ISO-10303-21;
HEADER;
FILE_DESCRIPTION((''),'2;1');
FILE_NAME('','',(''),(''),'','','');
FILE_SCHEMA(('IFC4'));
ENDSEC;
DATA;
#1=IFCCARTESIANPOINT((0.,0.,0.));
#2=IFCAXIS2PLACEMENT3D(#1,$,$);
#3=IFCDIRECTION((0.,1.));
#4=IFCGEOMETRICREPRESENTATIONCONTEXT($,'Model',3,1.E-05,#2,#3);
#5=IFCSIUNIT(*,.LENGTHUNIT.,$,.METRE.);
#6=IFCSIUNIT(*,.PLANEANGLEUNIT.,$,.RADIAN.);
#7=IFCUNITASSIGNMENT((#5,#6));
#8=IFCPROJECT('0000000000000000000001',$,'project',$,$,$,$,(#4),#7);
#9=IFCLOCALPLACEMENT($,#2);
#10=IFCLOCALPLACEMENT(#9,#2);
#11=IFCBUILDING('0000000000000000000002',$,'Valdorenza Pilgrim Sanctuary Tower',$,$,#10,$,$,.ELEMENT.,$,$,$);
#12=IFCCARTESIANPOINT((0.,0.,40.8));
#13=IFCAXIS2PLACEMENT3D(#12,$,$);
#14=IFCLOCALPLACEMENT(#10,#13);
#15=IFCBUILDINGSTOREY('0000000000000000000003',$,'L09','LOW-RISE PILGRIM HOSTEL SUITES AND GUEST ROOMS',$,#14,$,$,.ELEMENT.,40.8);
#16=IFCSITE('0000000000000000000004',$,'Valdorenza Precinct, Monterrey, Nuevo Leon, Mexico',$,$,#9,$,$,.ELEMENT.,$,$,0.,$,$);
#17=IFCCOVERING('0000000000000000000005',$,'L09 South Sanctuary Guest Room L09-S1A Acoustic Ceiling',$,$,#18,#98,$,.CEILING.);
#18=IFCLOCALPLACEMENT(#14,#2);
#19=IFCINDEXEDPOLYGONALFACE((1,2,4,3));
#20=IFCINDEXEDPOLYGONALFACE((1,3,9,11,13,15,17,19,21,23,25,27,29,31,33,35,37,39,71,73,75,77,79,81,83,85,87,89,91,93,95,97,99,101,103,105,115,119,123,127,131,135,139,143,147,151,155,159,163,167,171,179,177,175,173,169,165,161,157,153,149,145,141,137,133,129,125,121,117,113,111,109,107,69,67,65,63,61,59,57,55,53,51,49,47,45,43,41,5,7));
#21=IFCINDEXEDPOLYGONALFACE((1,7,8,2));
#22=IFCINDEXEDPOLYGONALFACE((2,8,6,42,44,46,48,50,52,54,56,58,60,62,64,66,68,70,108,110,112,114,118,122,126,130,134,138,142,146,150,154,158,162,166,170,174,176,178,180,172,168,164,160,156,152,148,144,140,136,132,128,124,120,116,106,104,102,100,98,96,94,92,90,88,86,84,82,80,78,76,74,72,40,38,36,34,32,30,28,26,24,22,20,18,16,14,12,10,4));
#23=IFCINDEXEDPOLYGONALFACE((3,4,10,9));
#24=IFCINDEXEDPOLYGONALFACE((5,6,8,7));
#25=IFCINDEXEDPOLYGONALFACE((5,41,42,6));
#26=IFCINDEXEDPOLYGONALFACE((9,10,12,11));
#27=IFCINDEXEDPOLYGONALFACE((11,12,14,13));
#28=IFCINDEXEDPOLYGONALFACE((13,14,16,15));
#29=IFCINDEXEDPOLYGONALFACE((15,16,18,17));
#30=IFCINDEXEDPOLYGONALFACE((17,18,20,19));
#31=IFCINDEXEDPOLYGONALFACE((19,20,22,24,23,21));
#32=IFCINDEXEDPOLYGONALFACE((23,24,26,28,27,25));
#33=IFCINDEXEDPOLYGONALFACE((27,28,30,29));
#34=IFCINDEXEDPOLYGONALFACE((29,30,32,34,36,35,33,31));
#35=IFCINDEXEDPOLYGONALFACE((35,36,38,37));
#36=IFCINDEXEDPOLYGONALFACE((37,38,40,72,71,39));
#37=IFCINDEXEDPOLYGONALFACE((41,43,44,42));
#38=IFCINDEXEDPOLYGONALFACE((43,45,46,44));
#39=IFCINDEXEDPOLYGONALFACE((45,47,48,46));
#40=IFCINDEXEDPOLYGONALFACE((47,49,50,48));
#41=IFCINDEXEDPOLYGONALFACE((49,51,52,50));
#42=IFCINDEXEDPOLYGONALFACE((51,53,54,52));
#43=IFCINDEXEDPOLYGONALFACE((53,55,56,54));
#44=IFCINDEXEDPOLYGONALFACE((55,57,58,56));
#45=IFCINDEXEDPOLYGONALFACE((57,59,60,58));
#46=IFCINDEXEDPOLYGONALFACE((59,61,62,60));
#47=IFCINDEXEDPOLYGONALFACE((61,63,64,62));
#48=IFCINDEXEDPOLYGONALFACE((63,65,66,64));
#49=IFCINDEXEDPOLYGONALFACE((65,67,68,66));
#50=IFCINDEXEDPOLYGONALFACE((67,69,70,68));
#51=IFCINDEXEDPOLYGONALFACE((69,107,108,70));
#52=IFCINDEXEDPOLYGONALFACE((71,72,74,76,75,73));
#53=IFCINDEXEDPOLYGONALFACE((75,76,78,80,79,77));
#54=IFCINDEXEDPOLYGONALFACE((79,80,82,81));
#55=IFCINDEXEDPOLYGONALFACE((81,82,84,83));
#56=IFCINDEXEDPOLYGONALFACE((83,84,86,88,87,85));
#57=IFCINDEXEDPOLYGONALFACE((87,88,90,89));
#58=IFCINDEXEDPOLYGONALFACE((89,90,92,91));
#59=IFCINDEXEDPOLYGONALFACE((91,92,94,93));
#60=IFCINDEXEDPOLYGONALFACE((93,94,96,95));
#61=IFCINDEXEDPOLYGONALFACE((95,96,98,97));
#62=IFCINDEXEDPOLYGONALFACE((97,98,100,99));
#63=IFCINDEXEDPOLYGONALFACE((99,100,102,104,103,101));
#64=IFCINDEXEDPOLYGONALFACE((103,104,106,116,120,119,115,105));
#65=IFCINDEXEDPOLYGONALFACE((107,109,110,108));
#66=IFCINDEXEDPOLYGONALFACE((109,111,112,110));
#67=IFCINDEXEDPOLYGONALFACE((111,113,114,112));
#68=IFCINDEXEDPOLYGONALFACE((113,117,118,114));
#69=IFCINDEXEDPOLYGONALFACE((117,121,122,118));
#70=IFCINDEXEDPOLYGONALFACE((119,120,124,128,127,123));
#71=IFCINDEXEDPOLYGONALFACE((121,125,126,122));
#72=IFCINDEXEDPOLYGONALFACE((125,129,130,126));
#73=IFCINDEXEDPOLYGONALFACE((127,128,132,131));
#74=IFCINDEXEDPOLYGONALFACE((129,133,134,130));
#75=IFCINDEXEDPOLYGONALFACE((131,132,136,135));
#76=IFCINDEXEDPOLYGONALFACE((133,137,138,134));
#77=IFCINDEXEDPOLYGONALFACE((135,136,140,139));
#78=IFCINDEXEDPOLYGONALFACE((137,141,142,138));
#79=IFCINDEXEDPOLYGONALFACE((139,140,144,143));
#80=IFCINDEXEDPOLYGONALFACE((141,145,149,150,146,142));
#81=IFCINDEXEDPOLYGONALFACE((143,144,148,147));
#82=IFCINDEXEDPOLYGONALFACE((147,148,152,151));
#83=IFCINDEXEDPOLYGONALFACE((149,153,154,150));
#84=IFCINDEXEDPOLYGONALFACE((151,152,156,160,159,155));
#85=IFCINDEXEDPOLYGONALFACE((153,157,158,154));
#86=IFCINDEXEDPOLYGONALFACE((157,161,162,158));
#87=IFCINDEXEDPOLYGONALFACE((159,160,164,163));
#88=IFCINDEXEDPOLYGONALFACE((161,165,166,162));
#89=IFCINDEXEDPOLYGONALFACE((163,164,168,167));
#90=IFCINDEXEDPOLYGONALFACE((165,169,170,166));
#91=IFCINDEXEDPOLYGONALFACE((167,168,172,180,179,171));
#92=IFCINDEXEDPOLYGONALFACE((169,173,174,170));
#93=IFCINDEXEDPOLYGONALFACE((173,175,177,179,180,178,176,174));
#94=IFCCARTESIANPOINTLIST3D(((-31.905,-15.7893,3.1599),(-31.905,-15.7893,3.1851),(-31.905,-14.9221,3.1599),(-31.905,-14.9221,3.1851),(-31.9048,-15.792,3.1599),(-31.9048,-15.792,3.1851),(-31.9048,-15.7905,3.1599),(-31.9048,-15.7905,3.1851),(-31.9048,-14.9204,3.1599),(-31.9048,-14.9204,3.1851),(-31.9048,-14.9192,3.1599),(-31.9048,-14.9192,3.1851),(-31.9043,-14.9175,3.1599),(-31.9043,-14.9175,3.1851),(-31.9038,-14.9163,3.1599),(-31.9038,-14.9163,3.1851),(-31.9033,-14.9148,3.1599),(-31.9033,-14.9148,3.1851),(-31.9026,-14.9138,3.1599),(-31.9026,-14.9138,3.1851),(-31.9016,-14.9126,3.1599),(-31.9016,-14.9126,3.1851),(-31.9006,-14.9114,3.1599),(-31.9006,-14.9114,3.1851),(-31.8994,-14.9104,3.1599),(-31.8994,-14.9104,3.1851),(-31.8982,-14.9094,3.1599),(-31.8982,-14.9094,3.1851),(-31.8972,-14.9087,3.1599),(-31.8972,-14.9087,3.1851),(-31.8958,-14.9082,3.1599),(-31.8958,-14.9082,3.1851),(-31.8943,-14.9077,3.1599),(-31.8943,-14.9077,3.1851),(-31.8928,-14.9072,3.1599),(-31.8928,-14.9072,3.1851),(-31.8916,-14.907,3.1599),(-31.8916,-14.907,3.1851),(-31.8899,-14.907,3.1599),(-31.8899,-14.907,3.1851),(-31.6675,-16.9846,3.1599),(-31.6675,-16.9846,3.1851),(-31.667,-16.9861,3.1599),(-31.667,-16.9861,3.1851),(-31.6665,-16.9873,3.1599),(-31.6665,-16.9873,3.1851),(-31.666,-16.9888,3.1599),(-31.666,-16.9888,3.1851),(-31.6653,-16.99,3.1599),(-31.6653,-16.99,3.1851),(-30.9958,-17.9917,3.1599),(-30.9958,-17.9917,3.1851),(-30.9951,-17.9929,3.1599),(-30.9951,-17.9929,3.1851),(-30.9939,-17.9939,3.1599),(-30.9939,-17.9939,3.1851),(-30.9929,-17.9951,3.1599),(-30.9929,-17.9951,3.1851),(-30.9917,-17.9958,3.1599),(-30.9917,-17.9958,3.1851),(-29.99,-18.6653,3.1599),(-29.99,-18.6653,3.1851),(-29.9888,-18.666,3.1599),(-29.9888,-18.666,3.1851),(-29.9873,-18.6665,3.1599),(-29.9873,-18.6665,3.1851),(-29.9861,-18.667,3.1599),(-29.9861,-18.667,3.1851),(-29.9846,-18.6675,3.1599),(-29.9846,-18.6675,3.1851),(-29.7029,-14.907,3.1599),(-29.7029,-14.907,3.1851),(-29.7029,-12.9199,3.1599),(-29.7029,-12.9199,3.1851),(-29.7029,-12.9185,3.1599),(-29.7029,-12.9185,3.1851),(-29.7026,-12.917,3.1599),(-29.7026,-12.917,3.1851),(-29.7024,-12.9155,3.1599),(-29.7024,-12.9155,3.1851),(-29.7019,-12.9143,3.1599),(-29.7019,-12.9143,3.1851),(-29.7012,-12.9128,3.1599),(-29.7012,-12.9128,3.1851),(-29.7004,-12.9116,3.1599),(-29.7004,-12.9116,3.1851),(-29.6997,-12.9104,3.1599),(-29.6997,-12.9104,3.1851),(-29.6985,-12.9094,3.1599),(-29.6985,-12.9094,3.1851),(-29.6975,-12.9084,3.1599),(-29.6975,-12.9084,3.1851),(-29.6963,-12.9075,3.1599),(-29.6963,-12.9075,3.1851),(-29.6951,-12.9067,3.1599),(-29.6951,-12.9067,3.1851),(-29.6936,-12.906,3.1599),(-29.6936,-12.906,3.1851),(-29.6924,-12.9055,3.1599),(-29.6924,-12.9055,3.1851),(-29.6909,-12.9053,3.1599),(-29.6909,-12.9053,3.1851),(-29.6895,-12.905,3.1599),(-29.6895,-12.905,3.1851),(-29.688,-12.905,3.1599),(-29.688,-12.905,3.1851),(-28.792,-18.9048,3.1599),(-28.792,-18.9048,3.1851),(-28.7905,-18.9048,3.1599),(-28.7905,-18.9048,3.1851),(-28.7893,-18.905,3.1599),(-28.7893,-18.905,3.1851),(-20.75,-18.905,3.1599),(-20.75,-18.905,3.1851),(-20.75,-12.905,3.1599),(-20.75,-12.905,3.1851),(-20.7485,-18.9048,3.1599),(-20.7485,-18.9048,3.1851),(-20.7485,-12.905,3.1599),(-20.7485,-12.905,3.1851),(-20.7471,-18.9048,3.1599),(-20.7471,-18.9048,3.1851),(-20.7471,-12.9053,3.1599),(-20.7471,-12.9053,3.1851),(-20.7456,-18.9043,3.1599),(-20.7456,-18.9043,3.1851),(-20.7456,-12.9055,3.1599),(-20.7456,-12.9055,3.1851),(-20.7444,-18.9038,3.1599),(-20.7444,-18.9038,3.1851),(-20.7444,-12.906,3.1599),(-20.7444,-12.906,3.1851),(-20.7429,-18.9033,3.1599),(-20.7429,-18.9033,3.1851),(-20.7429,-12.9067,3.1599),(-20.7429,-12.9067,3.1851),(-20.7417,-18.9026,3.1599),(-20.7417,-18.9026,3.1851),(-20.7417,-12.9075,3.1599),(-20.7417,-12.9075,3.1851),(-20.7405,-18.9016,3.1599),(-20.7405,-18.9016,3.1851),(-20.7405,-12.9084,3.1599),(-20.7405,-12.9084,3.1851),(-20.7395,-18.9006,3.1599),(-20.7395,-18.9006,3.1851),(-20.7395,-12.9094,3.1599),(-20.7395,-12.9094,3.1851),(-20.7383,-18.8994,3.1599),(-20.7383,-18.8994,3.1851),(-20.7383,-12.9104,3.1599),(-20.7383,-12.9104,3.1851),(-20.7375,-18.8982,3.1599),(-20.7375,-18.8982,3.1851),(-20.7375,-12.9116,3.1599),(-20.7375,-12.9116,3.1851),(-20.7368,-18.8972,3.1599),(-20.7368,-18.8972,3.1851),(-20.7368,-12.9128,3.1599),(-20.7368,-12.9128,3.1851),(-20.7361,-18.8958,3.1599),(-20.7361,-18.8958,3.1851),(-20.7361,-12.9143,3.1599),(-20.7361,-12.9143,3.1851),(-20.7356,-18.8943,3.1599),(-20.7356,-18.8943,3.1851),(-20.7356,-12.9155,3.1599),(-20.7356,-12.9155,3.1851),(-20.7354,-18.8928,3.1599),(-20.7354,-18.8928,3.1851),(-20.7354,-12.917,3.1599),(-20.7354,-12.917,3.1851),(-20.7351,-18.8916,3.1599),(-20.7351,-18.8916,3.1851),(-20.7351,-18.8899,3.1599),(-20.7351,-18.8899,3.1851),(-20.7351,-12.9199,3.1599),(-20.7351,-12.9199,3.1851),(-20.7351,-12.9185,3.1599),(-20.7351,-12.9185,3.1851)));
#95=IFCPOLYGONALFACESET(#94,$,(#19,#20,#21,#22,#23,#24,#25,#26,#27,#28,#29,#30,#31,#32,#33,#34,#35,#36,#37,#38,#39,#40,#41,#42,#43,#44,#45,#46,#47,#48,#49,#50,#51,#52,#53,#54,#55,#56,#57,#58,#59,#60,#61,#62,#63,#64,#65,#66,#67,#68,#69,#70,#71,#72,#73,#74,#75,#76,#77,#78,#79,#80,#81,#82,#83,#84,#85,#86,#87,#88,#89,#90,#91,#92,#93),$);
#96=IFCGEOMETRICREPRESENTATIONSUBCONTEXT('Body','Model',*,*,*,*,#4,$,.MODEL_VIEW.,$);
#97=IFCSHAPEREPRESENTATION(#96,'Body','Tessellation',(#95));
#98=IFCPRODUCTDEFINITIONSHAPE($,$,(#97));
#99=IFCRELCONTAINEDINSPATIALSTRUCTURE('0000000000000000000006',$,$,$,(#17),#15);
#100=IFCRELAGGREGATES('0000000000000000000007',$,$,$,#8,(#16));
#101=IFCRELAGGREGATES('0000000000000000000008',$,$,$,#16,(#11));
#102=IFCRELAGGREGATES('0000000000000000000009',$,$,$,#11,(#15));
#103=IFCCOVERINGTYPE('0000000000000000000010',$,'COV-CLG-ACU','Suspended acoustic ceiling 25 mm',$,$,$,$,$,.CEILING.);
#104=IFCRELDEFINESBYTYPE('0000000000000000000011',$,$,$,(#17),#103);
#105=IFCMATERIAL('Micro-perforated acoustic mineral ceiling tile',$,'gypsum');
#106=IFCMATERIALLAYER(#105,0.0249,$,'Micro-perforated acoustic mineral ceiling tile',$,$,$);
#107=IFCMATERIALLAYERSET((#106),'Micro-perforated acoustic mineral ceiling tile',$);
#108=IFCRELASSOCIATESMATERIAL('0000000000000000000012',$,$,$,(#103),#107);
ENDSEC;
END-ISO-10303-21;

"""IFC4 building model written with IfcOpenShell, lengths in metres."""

from ifc_helpers import new_model, si_unit, direction, frame, origin, place, context, subcontext, project, spatial, polyline, outline, extrude, material, layer, layer_set, type_object, element, save


model = new_model("IFC4")

# Units and contexts
model_context = context("Model", 3, precision=1e-05, world=origin(), true_north=direction((0.0, 1.0)))
body_context = subcontext(model_context, "Body", "Model", "MODEL_VIEW")
ifc_project = project(units=[si_unit("LENGTHUNIT", "METRE"), si_unit("PLANEANGLEUNIT", "RADIAN")], contexts=[model_context])

# Site, building, storey
site_placement = place(None, origin())
site = spatial("IfcSite", under=ifc_project, at=site_placement, Name="Valdorenza Precinct, Monterrey, Nuevo Leon, Mexico", CompositionType="ELEMENT", RefElevation=0.0)
building_placement = place(site_placement, origin())
building = spatial("IfcBuilding", under=site, at=building_placement, Name="Valdorenza Pilgrim Sanctuary Tower", CompositionType="ELEMENT")
storey_placement = place(building_placement, frame((0.0, 0.0, 40.8)))
storey = spatial("IfcBuildingStorey", under=building, at=storey_placement, Name="L09", Description="LOW-RISE PILGRIM HOSTEL SUITES AND GUEST ROOMS", CompositionType="ELEMENT", Elevation=40.8)

# Covering
ifc_material_1 = material(Name="Micro-perforated acoustic mineral ceiling tile", Category="gypsum")
ifc_layer_1 = layer(ifc_material_1, 0.0249, Name="Micro-perforated acoustic mineral ceiling tile")
ifc_layer_set_1 = layer_set([ifc_layer_1], Name="Micro-perforated acoustic mineral ceiling tile")
covering_type_1 = type_object("IfcCoveringType", Name="COV-CLG-ACU", Description="Suspended acoustic ceiling 25 mm", PredefinedType="CEILING", material=ifc_layer_set_1)
covering_1_placement = place(storey_placement, frame((0.0, 0.0, 3.1599)))
element("IfcCovering", 1, at=covering_1_placement, inside=storey, type_object=covering_type_1, Name="L09 South Sanctuary Guest Room L09-S1A Acoustic Ceiling", PredefinedType="CEILING", context=body_context, shape_type="SweptSolid", body=[
    extrude(outline(polyline([(-29.7029, -14.907), (-29.7029, -12.9199), (-29.7029, -12.9185), (-29.7026, -12.917), (-29.7024, -12.9155), (-29.7019, -12.9143), (-29.7012, -12.9128), (-29.7004, -12.9116), (-29.6997, -12.9104), (-29.6985, -12.9094), (-29.6975, -12.9084), (-29.6963, -12.9075), (-29.6951, -12.9067), (-29.6936, -12.906), (-29.6924, -12.9055), (-29.6909, -12.9053), (-29.6895, -12.905), (-29.688, -12.905), (-20.75, -12.905), (-20.7485, -12.905), (-20.7471, -12.9053), (-20.7456, -12.9055), (-20.7444, -12.906), (-20.7429, -12.9067), (-20.7417, -12.9075), (-20.7405, -12.9084), (-20.7395, -12.9094), (-20.7383, -12.9104), (-20.7375, -12.9116), (-20.7368, -12.9128), (-20.7361, -12.9143), (-20.7356, -12.9155), (-20.7354, -12.917), (-20.7351, -12.9185), (-20.7351, -12.9199), (-20.7351, -18.8899), (-20.7351, -18.8916), (-20.7354, -18.8928), (-20.7356, -18.8943), (-20.7361, -18.8958), (-20.7368, -18.8972), (-20.7375, -18.8982), (-20.7383, -18.8994), (-20.7395, -18.9006), (-20.7405, -18.9016), (-20.7417, -18.9026), (-20.7429, -18.9033), (-20.7444, -18.9038), (-20.7456, -18.9043), (-20.7471, -18.9048), (-20.7485, -18.9048), (-20.75, -18.905), (-28.7893, -18.905), (-28.7905, -18.9048), (-28.792, -18.9048), (-29.9846, -18.6675), (-29.9861, -18.667), (-29.9873, -18.6665), (-29.9888, -18.666), (-29.99, -18.6653), (-30.9917, -17.9958), (-30.9929, -17.9951), (-30.9939, -17.9939), (-30.9951, -17.9929), (-30.9958, -17.9917), (-31.6653, -16.99), (-31.666, -16.9888), (-31.6665, -16.9873), (-31.667, -16.9861), (-31.6675, -16.9846), (-31.9048, -15.792), (-31.9048, -15.7905), (-31.905, -15.7893), (-31.905, -14.9221), (-31.9048, -14.9204), (-31.9048, -14.9192), (-31.9043, -14.9175), (-31.9038, -14.9163), (-31.9033, -14.9148), (-31.9026, -14.9138), (-31.9016, -14.9126), (-31.9006, -14.9114), (-31.8994, -14.9104), (-31.8982, -14.9094), (-31.8972, -14.9087), (-31.8958, -14.9082), (-31.8943, -14.9077), (-31.8928, -14.9072), (-31.8916, -14.907), (-31.8899, -14.907), (-29.7029, -14.907)])), origin(), (0.0, 0.0, 1.0), 0.0251),
])

save(model, "model.ifc")
